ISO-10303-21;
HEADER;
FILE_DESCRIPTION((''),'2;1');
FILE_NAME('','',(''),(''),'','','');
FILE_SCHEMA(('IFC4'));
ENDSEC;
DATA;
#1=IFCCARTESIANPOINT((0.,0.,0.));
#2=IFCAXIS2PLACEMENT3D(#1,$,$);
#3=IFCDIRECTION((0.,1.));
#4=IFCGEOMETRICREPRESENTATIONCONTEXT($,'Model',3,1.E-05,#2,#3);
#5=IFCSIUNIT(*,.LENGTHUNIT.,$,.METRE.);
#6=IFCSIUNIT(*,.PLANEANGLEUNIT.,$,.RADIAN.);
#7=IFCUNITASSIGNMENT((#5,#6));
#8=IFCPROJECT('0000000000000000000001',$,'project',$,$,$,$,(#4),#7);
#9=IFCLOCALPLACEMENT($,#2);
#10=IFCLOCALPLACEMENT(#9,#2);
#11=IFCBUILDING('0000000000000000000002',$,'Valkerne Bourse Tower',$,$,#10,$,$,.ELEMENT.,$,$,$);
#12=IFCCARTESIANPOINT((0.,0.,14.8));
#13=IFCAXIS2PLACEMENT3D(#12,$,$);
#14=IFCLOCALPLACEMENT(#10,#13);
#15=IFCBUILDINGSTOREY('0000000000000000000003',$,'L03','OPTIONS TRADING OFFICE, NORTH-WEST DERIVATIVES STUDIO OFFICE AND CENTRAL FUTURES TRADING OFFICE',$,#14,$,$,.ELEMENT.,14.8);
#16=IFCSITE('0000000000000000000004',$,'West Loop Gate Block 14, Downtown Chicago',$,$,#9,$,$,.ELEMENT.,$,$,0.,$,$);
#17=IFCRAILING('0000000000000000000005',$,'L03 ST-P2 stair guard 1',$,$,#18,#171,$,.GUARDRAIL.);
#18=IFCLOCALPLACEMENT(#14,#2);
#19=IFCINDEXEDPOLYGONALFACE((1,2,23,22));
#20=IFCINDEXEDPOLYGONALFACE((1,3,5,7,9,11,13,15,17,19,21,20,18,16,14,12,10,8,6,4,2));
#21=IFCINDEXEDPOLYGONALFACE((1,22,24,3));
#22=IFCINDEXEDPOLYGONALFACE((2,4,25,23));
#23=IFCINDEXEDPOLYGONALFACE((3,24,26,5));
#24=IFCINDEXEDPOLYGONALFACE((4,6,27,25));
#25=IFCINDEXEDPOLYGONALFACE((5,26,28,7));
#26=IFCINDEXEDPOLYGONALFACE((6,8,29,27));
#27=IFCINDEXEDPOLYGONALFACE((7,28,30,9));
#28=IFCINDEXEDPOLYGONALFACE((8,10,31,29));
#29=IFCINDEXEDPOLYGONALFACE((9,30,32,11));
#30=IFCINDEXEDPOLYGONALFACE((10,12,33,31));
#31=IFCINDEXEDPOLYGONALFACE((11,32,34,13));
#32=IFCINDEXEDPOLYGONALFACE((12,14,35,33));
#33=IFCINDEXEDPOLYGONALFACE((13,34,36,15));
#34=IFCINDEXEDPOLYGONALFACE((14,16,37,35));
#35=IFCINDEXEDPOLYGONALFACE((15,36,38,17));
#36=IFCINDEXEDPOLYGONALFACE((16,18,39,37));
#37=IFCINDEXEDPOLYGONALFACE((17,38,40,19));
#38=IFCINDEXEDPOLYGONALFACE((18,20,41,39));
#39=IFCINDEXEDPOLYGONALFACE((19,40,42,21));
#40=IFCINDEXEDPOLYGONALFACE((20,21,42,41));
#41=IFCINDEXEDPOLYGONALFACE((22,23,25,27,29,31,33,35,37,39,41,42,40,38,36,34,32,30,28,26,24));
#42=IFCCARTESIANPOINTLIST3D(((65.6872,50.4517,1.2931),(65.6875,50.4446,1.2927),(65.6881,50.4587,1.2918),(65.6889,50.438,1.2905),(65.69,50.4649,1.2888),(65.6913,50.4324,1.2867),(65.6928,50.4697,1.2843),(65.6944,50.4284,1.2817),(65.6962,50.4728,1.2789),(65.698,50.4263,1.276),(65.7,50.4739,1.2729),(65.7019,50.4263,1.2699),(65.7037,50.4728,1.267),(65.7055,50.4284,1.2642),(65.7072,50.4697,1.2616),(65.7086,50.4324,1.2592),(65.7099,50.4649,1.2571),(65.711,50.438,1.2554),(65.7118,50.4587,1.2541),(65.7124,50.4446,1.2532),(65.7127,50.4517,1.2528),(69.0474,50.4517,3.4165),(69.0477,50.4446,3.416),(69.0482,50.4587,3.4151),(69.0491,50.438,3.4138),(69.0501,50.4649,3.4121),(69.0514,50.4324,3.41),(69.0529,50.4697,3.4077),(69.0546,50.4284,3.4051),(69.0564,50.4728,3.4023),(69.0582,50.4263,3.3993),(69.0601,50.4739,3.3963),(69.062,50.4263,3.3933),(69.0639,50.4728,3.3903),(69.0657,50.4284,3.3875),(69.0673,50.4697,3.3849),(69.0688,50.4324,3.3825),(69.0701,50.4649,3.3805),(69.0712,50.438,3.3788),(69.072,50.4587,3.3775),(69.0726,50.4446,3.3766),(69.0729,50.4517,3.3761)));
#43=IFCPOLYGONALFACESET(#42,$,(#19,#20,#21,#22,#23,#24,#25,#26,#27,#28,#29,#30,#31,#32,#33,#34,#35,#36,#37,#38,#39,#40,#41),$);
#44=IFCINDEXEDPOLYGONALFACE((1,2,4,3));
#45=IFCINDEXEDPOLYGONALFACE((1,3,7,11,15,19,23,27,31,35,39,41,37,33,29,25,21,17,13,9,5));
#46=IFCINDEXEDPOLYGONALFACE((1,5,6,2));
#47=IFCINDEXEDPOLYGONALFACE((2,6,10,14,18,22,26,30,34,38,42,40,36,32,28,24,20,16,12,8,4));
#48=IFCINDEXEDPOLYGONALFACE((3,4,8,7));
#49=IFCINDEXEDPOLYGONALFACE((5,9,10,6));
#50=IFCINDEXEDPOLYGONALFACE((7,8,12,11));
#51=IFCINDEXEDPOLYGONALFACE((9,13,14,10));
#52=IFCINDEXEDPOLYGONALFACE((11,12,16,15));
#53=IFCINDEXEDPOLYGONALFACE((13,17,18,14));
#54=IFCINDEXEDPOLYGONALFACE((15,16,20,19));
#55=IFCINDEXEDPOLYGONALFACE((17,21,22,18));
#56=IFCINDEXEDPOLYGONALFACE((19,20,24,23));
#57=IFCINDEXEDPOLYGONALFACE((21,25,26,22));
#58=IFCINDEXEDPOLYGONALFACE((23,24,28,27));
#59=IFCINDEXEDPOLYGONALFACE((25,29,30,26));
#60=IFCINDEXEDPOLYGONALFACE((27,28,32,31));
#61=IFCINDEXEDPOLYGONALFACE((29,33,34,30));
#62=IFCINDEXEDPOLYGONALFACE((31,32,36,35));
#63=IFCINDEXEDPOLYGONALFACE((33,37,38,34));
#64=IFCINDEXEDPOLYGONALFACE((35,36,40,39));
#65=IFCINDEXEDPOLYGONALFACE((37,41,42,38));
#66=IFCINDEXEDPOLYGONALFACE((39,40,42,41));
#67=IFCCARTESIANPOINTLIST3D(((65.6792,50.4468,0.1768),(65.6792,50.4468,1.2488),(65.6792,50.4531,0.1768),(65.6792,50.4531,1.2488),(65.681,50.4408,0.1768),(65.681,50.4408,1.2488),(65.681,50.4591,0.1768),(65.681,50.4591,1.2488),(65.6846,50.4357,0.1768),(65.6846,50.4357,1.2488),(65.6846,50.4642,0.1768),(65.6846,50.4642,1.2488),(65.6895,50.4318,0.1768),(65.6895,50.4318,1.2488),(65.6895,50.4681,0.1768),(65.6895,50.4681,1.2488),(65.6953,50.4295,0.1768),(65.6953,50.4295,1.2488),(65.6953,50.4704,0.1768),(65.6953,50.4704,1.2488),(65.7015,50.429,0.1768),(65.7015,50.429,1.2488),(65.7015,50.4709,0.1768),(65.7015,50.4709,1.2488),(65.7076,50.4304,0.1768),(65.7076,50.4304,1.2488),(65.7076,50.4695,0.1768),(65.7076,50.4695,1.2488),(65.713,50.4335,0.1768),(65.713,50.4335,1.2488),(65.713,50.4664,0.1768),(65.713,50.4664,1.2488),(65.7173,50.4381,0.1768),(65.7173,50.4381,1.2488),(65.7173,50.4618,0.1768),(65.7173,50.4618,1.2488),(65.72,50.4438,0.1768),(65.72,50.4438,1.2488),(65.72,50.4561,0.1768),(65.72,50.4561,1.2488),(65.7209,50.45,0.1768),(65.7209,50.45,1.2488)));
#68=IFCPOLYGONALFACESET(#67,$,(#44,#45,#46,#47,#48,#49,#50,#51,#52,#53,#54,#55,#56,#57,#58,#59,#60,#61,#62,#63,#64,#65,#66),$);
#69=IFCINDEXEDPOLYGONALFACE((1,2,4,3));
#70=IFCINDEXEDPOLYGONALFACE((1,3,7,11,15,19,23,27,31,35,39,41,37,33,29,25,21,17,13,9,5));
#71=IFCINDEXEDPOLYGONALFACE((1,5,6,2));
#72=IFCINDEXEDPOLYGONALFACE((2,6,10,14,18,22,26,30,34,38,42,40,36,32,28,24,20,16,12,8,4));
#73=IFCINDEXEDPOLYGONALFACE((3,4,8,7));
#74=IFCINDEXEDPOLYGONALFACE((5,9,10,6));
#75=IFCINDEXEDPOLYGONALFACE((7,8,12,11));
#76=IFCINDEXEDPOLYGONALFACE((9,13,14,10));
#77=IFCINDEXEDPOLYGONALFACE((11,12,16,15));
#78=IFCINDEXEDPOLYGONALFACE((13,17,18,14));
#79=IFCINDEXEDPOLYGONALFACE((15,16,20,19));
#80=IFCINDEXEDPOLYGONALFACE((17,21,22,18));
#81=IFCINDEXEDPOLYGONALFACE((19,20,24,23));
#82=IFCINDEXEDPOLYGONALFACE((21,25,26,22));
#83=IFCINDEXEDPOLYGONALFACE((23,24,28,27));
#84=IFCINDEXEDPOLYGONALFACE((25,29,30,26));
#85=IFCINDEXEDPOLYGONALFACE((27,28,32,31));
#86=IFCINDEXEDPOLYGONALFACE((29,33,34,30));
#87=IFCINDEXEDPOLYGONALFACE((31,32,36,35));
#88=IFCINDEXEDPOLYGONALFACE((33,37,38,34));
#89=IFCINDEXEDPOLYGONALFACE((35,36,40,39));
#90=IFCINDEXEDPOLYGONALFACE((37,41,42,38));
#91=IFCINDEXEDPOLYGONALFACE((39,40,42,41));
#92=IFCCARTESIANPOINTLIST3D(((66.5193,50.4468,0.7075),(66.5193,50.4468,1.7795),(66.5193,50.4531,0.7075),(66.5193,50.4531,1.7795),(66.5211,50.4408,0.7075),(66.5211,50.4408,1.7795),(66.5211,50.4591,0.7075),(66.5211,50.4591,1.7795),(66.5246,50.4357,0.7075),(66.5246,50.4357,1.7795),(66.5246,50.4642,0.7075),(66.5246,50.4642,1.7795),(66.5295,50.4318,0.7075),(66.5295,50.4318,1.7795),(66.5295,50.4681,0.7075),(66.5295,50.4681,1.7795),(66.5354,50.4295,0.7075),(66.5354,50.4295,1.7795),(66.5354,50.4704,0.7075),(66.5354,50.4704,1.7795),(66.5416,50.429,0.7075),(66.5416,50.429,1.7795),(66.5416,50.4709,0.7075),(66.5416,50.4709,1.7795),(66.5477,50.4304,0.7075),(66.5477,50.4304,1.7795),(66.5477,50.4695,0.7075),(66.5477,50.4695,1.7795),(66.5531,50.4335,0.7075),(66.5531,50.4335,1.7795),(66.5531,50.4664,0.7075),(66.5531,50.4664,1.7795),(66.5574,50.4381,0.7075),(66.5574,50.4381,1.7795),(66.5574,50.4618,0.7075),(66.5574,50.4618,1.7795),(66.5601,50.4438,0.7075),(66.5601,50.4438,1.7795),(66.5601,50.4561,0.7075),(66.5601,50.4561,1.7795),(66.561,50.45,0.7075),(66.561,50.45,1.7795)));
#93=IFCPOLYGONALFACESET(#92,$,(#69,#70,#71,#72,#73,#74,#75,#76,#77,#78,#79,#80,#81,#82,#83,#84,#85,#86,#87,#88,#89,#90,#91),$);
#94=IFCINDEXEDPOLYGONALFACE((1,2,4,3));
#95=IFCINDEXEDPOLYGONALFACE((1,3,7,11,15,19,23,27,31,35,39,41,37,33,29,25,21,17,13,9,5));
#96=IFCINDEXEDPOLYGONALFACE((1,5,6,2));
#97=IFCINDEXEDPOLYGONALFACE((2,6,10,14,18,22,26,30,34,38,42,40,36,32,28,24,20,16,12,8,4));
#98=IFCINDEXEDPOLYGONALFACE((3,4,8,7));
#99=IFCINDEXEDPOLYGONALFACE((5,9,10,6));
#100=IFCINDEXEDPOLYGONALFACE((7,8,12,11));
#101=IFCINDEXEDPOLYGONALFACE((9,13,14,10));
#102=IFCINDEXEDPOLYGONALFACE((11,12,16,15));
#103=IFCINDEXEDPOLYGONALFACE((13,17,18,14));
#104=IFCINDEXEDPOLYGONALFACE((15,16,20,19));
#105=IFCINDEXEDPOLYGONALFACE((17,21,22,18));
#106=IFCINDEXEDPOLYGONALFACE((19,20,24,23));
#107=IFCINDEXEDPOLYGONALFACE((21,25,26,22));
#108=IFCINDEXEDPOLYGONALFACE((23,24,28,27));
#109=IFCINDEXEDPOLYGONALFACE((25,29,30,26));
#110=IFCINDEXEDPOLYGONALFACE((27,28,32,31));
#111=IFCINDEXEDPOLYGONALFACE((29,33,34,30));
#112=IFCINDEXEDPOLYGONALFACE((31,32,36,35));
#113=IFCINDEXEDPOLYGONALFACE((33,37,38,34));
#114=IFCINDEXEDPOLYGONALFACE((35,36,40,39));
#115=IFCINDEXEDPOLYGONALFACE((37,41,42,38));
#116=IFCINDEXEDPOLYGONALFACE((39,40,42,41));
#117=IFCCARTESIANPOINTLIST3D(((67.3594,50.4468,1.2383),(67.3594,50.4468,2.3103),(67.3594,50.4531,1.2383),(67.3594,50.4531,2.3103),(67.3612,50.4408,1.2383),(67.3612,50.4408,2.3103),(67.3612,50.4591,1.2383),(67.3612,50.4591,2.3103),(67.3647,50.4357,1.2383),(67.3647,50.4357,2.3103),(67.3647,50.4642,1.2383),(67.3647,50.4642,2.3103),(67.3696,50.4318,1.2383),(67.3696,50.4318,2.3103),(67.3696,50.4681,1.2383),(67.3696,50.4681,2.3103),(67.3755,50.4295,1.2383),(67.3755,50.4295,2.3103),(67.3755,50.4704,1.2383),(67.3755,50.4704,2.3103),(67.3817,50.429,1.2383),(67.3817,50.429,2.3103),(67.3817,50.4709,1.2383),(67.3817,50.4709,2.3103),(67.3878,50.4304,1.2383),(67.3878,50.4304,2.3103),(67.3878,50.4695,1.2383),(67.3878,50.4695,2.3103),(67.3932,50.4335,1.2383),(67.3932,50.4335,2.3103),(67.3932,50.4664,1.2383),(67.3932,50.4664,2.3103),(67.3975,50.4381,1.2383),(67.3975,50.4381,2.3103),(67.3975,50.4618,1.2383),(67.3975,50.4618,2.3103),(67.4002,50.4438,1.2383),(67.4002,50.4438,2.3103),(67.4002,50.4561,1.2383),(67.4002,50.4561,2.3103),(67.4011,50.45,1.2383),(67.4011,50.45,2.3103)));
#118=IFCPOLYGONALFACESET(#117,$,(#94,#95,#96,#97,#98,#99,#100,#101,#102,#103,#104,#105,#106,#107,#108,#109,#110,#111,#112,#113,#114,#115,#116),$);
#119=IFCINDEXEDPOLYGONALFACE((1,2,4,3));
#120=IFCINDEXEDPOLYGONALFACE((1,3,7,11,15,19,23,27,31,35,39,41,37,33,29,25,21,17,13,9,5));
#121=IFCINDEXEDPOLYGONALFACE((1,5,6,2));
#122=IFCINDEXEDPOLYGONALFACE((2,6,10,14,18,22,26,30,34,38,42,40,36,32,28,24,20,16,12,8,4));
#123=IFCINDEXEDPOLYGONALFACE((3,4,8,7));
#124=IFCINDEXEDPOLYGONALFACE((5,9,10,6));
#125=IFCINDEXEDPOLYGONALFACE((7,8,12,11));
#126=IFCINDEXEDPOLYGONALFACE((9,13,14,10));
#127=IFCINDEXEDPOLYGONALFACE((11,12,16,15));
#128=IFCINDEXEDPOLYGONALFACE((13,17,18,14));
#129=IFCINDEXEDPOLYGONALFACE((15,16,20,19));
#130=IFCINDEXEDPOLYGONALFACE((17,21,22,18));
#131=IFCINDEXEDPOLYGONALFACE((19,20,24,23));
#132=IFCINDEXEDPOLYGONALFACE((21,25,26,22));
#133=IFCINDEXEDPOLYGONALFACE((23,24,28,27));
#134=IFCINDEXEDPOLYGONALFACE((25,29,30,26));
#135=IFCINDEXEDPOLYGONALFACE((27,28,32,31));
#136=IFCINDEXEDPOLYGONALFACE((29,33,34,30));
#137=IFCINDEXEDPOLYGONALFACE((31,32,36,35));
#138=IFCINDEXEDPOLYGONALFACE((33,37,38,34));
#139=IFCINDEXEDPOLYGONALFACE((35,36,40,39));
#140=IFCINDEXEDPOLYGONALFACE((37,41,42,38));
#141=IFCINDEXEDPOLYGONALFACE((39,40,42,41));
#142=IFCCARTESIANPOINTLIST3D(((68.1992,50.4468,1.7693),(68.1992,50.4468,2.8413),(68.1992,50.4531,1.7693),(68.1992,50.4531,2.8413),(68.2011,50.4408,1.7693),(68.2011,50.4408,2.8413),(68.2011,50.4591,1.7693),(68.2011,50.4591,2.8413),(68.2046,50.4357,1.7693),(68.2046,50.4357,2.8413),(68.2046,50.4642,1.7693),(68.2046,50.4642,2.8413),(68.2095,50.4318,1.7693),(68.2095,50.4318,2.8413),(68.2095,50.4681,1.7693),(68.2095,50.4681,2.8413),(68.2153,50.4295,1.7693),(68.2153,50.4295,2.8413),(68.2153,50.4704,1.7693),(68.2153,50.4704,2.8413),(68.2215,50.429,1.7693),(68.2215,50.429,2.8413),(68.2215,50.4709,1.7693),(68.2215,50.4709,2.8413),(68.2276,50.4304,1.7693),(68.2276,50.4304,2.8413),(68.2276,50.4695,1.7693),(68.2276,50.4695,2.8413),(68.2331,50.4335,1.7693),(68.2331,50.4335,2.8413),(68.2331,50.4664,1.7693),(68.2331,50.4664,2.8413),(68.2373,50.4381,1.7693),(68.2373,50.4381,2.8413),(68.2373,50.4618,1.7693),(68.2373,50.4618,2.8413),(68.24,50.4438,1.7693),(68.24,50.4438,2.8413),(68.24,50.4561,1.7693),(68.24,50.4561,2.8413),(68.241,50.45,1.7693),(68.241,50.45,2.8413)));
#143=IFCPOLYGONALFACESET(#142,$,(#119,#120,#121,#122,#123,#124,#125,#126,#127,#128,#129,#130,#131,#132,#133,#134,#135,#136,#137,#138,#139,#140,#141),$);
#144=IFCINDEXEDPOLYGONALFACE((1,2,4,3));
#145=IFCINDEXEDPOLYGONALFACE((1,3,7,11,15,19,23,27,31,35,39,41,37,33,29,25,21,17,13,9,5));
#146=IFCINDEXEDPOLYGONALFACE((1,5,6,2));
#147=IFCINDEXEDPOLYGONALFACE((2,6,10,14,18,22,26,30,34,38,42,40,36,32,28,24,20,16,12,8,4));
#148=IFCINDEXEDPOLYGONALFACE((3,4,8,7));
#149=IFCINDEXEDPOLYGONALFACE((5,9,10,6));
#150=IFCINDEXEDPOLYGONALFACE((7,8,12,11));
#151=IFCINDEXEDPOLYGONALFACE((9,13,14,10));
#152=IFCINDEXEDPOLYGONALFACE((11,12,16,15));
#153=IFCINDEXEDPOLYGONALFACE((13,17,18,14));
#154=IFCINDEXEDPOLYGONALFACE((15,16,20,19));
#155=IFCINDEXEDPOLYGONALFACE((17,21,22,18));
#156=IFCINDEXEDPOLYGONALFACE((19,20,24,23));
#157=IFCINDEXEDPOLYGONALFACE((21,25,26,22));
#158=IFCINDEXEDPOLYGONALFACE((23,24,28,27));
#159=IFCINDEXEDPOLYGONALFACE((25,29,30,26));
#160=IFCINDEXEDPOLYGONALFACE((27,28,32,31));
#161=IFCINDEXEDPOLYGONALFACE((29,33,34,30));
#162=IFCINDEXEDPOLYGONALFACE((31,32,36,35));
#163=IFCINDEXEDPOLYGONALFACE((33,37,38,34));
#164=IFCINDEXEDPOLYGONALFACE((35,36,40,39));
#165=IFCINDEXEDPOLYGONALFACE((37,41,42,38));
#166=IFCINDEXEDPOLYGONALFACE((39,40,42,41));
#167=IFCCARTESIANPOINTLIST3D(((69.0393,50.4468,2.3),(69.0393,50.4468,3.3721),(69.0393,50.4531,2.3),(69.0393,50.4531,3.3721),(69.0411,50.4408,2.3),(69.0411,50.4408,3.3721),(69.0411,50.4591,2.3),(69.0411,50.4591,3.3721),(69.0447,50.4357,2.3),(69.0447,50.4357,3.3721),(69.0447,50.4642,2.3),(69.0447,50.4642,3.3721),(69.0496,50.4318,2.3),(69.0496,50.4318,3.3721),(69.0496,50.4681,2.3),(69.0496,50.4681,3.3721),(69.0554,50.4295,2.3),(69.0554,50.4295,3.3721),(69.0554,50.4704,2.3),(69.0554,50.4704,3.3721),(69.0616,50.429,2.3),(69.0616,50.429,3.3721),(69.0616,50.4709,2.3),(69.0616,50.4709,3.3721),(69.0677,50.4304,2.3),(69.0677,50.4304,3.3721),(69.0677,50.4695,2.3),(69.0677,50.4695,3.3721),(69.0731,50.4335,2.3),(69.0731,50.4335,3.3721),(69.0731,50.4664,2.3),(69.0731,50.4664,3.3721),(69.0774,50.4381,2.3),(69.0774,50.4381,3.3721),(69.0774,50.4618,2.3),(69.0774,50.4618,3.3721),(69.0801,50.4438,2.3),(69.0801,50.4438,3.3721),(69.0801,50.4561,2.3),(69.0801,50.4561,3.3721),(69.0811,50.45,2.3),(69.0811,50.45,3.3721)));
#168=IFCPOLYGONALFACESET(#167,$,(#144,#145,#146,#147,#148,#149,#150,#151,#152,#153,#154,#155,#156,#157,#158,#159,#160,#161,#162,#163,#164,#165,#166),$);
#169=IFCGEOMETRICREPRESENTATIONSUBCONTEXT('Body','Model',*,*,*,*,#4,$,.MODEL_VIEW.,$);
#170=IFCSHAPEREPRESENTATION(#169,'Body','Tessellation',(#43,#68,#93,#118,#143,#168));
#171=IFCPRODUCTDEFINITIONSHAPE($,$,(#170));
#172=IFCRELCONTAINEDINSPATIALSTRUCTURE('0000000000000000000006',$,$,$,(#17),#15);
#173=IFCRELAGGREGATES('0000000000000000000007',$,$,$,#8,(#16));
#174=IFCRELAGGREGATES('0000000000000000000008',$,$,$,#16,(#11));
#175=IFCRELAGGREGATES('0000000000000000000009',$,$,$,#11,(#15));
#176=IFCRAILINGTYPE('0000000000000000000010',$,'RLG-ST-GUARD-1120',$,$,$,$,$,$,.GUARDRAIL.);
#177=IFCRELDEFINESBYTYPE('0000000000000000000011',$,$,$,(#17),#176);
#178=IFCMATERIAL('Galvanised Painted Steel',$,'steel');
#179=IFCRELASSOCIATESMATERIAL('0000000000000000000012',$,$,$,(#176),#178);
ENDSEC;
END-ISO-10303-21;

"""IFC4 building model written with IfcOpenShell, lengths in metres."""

from ifc_helpers import new_model, si_unit, direction, frame, origin, origin_2d, place, context, subcontext, project, spatial, circle, extrude, material, type_object, element, save


model = new_model("IFC4")

# Units and contexts
model_context = context("Model", 3, precision=1e-05, world=origin(), true_north=direction((0.0, 1.0)))
body_context = subcontext(model_context, "Body", "Model", "MODEL_VIEW")
ifc_project = project(units=[si_unit("LENGTHUNIT", "METRE"), si_unit("PLANEANGLEUNIT", "RADIAN")], contexts=[model_context])

# Site, building, storey
site_placement = place(None, origin())
site = spatial("IfcSite", under=ifc_project, at=site_placement, Name="West Loop Gate Block 14, Downtown Chicago", CompositionType="ELEMENT", RefElevation=0.0)
building_placement = place(site_placement, origin())
building = spatial("IfcBuilding", under=site, at=building_placement, Name="Valkerne Bourse Tower", CompositionType="ELEMENT")
storey_placement = place(building_placement, frame((0.0, 0.0, 14.8)))
storey = spatial("IfcBuildingStorey", under=building, at=storey_placement, Name="L03", Description="OPTIONS TRADING OFFICE, NORTH-WEST DERIVATIVES STUDIO OFFICE AND CENTRAL FUTURES TRADING OFFICE", CompositionType="ELEMENT", Elevation=14.8)

# Railing
ifc_material_1 = material(Name="Galvanised Painted Steel", Category="steel")
railing_type_1 = type_object("IfcRailingType", Name="RLG-ST-GUARD-1120", PredefinedType="GUARDRAIL", material=ifc_material_1)
railing_1_placement = place(storey_placement, frame((65.7, 50.45, 0.1768)))
element("IfcRailing", 1, at=railing_1_placement, inside=storey, type_object=railing_type_1, Name="L03 ST-P2 stair guard 1", PredefinedType="GUARDRAIL", context=body_context, shape_type="SweptSolid", body=[
    extrude(circle(Radius=0.0239, at=origin_2d()), frame((0.0, 0.0, 1.0962), z_axis=(0.845362, 0.0, 0.534194), x_axis=(0.0, 1.0, 0.0)), (0.0, 0.0, 1.0), 3.9749),
    extrude(circle(Radius=0.021, at=origin_2d()), origin(), (0.0, 0.0, 1.0), 1.072),
    extrude(circle(Radius=0.021, at=origin_2d()), frame((0.8401, 0.0, 0.5308)), (0.0, 0.0, 1.0), 1.072),
    extrude(circle(Radius=0.021, at=origin_2d()), frame((1.6802, 0.0, 1.0615)), (0.0, 0.0, 1.0), 1.072),
    extrude(circle(Radius=0.021, at=origin_2d()), frame((2.52, 0.0, 1.5925)), (0.0, 0.0, 1.0), 1.072),
    extrude(circle(Radius=0.021, at=origin_2d()), frame((3.3601, 0.0, 2.1233)), (0.0, 0.0, 1.0), 1.072),
])

save(model, "model.ifc")
